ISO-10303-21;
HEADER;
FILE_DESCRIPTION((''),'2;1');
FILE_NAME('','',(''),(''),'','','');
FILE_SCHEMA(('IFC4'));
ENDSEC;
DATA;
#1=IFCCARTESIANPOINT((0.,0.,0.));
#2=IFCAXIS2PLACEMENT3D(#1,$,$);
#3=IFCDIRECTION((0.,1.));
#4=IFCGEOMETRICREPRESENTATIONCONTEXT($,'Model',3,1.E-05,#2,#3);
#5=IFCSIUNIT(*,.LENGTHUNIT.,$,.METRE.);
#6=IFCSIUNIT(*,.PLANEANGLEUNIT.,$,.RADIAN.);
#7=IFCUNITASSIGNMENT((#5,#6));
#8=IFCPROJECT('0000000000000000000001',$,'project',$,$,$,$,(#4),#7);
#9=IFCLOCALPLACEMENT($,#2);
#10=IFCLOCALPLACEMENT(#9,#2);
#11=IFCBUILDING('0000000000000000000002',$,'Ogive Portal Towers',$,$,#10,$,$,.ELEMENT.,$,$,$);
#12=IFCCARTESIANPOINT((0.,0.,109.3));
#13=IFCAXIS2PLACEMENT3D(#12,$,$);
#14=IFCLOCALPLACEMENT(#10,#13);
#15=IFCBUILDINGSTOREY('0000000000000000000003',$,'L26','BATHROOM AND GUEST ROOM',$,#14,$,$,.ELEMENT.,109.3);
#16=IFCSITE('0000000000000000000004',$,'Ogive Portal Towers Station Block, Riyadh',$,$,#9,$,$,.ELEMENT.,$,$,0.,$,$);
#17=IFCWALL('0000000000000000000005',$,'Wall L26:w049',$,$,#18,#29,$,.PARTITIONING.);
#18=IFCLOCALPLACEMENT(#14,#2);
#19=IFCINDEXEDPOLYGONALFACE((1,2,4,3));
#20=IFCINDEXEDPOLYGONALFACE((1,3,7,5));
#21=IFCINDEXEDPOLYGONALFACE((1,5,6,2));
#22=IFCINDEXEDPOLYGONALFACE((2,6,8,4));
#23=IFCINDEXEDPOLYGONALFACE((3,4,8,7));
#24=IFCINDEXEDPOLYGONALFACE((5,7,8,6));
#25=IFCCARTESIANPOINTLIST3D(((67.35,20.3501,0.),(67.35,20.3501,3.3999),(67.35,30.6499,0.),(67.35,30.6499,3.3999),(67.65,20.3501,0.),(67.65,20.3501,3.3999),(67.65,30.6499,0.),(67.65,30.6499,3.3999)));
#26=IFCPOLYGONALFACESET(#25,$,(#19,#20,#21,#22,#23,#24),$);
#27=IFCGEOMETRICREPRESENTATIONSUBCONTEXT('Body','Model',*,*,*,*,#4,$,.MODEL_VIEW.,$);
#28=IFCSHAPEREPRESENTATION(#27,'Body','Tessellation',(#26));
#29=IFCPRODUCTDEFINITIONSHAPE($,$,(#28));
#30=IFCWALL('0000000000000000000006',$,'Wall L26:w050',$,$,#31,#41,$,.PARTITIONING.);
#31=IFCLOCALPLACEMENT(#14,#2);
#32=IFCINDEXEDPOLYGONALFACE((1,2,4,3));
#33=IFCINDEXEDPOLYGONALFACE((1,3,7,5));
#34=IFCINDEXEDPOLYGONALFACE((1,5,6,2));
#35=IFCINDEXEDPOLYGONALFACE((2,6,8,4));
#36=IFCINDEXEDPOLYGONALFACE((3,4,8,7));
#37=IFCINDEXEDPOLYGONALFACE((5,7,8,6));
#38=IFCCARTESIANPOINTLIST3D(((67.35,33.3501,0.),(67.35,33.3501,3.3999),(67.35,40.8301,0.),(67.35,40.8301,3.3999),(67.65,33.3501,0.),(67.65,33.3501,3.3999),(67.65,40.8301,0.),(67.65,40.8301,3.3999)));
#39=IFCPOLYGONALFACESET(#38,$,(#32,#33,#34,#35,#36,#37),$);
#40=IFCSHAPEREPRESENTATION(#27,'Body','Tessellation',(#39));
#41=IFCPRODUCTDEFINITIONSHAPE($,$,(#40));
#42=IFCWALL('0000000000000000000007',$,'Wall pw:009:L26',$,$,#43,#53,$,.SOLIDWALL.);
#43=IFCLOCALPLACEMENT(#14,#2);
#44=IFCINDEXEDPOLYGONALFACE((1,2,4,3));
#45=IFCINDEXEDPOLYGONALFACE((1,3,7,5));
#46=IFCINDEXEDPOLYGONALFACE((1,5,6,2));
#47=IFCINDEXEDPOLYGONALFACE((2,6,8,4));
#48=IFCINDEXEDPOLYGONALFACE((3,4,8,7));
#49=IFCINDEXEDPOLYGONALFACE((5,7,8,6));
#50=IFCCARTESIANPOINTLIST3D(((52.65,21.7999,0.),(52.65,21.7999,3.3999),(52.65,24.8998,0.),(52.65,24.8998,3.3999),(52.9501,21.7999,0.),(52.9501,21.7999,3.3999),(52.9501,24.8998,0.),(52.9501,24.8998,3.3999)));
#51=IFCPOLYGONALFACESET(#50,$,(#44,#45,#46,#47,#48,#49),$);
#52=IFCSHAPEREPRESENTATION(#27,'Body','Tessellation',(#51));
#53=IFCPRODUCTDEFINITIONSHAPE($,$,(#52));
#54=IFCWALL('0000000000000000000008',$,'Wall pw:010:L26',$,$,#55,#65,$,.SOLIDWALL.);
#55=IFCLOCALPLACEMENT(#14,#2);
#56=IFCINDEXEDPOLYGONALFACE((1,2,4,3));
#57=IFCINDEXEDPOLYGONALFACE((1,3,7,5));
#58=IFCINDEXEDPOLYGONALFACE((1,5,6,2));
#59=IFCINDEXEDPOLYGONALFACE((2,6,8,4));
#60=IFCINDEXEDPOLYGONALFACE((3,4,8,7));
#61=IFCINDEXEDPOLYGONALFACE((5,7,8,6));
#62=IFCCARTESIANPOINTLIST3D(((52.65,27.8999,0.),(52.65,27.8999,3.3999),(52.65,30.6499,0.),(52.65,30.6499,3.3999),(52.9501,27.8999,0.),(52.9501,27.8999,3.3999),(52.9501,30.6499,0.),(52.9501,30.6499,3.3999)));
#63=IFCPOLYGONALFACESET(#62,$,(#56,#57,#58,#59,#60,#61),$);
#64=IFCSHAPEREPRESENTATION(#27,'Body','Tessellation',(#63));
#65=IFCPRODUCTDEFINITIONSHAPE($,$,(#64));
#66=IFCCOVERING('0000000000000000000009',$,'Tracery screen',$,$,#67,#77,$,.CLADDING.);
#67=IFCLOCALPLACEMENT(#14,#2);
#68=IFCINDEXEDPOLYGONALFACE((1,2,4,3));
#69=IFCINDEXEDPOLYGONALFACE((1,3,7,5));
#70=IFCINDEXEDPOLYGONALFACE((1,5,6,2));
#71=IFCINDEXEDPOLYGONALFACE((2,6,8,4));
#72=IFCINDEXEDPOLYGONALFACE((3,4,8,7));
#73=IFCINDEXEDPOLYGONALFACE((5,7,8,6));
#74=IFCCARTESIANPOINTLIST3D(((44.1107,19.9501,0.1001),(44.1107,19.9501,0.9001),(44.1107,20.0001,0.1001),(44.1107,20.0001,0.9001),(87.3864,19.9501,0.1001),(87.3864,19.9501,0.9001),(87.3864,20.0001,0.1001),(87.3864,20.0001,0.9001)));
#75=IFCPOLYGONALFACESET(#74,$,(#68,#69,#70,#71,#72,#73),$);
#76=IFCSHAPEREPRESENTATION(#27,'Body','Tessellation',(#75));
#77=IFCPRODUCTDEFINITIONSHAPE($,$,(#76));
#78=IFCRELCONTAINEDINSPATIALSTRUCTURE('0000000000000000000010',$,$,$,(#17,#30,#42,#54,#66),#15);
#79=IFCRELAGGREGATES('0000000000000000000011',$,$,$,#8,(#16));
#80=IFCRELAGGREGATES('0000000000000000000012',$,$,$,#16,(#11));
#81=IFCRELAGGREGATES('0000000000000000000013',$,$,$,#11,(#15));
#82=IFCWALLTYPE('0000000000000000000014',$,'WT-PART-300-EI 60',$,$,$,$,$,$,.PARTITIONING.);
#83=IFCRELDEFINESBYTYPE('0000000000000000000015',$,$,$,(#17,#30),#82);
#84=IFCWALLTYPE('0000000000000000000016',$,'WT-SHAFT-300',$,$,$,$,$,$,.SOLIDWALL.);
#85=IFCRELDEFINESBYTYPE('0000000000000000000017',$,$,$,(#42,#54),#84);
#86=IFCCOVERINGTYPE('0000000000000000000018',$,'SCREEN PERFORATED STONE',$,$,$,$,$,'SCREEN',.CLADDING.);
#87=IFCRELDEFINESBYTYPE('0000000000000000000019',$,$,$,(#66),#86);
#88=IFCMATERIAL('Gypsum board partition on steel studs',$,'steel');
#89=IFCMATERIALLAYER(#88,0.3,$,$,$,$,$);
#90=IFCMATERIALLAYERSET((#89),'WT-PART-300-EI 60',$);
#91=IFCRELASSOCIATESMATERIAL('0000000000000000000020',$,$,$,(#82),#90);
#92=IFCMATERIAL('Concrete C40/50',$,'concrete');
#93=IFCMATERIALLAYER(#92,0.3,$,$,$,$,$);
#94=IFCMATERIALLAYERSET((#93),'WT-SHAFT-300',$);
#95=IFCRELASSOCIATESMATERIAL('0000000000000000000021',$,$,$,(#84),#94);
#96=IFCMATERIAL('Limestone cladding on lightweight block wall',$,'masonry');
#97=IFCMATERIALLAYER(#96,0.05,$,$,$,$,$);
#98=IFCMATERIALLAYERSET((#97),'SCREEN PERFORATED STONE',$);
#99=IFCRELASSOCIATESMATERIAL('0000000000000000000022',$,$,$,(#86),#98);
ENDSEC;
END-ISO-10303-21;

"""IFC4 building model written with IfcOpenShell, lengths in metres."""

from ifc_helpers import new_model, si_unit, direction, frame, frame_2d, origin, origin_2d, place, context, subcontext, project, spatial, rectangle, extrude, material, layer, layer_set, type_object, element, save


model = new_model("IFC4")

# Units and contexts
model_context = context("Model", 3, precision=1e-05, world=origin(), true_north=direction((0.0, 1.0)))
body_context = subcontext(model_context, "Body", "Model", "MODEL_VIEW")
ifc_project = project(units=[si_unit("LENGTHUNIT", "METRE"), si_unit("PLANEANGLEUNIT", "RADIAN")], contexts=[model_context])

# Site, building, storey
site_placement = place(None, origin())
site = spatial("IfcSite", under=ifc_project, at=site_placement, Name="Ogive Portal Towers Station Block, Riyadh", CompositionType="ELEMENT", RefElevation=0.0)
building_placement = place(site_placement, origin())
building = spatial("IfcBuilding", under=site, at=building_placement, Name="Ogive Portal Towers", CompositionType="ELEMENT")
storey_placement = place(building_placement, frame((0.0, 0.0, 109.3)))
storey = spatial("IfcBuildingStorey", under=building, at=storey_placement, Name="L26", Description="BATHROOM AND GUEST ROOM", CompositionType="ELEMENT", Elevation=109.3)

# Shared definitions
ifc_material_1 = material(Name="Gypsum board partition on steel studs", Category="steel")

# Shared definitions
ifc_layer_1 = layer(ifc_material_1, 0.3)
ifc_layer_set_1 = layer_set([ifc_layer_1], Name="WT-PART-300-EI 60")
wall_type_1 = type_object("IfcWallType", Name="WT-PART-300-EI 60", PredefinedType="PARTITIONING", material=ifc_layer_set_1)

# Walls
wall_1_placement = place(storey_placement, frame((67.5, 20.3501, 0.0), z_axis=(0.0, 0.0, 1.0), x_axis=(0.0, 1.0, 0.0)))
element("IfcWall", 1, at=wall_1_placement, inside=storey, type_object=wall_type_1, Name="Wall L26:w049", PredefinedType="PARTITIONING", context=body_context, shape_type="SweptSolid", body=[
    extrude(rectangle(XDim=10.2998, YDim=0.3, at=frame_2d((5.1499, 0.0))), origin(), (0.0, 0.0, 1.0), 3.3999),
])
wall_2_placement = place(storey_placement, frame((67.5, 33.3501, 0.0), z_axis=(0.0, 0.0, 1.0), x_axis=(0.0, 1.0, 0.0)))
element("IfcWall", 2, at=wall_2_placement, inside=storey, type_object=wall_type_1, Name="Wall L26:w050", PredefinedType="PARTITIONING", context=body_context, shape_type="SweptSolid", body=[
    extrude(rectangle(XDim=7.48, YDim=0.3, at=frame_2d((3.74, 0.0))), origin(), (0.0, 0.0, 1.0), 3.3999),
])
ifc_material_2 = material(Name="Concrete C40/50", Category="concrete")
ifc_layer_2 = layer(ifc_material_2, 0.3)
ifc_layer_set_2 = layer_set([ifc_layer_2], Name="WT-SHAFT-300")
wall_type_2 = type_object("IfcWallType", Name="WT-SHAFT-300", PredefinedType="SOLIDWALL", material=ifc_layer_set_2)
wall_3_placement = place(storey_placement, frame((52.8, 21.8, 0.0), z_axis=(0.0, 0.0, 1.0), x_axis=(0.0, 1.0, 0.0)))
element("IfcWall", 3, at=wall_3_placement, inside=storey, type_object=wall_type_2, Name="Wall pw:009:L26", PredefinedType="SOLIDWALL", context=body_context, shape_type="SweptSolid", body=[
    extrude(rectangle(XDim=3.0999, YDim=0.3, at=frame_2d((1.5498, 0.0))), origin(), (0.0, 0.0, 1.0), 3.3999),
])
wall_4_placement = place(storey_placement, frame((52.8, 27.8999, 0.0), z_axis=(0.0, 0.0, 1.0), x_axis=(0.0, 1.0, 0.0)))
element("IfcWall", 4, at=wall_4_placement, inside=storey, type_object=wall_type_2, Name="Wall pw:010:L26", PredefinedType="SOLIDWALL", context=body_context, shape_type="SweptSolid", body=[
    extrude(rectangle(XDim=2.75, YDim=0.3, at=frame_2d((1.375, 0.0))), origin(), (0.0, 0.0, 1.0), 3.3999),
])

# Covering
ifc_material_3 = material(Name="Limestone cladding on lightweight block wall", Category="masonry")
ifc_layer_3 = layer(ifc_material_3, 0.05)
ifc_layer_set_3 = layer_set([ifc_layer_3], Name="SCREEN PERFORATED STONE")
covering_type = type_object("IfcCoveringType", Name="SCREEN PERFORATED STONE", ElementType="SCREEN", PredefinedType="CLADDING", material=ifc_layer_set_3)
covering_placement = place(storey_placement, frame((65.7485, 19.9751, 0.1001), z_axis=(0.0, 0.0, 1.0), x_axis=(1.0, 0.0, 0.0)))
element("IfcCovering", 5, at=covering_placement, inside=storey, type_object=covering_type, Name="Tracery screen", PredefinedType="CLADDING", context=body_context, shape_type="SweptSolid", body=[
    extrude(rectangle(XDim=43.2756, YDim=0.05, at=origin_2d()), origin(), (0.0, 0.0, 1.0), 0.8),
])

save(model, "model.ifc")
